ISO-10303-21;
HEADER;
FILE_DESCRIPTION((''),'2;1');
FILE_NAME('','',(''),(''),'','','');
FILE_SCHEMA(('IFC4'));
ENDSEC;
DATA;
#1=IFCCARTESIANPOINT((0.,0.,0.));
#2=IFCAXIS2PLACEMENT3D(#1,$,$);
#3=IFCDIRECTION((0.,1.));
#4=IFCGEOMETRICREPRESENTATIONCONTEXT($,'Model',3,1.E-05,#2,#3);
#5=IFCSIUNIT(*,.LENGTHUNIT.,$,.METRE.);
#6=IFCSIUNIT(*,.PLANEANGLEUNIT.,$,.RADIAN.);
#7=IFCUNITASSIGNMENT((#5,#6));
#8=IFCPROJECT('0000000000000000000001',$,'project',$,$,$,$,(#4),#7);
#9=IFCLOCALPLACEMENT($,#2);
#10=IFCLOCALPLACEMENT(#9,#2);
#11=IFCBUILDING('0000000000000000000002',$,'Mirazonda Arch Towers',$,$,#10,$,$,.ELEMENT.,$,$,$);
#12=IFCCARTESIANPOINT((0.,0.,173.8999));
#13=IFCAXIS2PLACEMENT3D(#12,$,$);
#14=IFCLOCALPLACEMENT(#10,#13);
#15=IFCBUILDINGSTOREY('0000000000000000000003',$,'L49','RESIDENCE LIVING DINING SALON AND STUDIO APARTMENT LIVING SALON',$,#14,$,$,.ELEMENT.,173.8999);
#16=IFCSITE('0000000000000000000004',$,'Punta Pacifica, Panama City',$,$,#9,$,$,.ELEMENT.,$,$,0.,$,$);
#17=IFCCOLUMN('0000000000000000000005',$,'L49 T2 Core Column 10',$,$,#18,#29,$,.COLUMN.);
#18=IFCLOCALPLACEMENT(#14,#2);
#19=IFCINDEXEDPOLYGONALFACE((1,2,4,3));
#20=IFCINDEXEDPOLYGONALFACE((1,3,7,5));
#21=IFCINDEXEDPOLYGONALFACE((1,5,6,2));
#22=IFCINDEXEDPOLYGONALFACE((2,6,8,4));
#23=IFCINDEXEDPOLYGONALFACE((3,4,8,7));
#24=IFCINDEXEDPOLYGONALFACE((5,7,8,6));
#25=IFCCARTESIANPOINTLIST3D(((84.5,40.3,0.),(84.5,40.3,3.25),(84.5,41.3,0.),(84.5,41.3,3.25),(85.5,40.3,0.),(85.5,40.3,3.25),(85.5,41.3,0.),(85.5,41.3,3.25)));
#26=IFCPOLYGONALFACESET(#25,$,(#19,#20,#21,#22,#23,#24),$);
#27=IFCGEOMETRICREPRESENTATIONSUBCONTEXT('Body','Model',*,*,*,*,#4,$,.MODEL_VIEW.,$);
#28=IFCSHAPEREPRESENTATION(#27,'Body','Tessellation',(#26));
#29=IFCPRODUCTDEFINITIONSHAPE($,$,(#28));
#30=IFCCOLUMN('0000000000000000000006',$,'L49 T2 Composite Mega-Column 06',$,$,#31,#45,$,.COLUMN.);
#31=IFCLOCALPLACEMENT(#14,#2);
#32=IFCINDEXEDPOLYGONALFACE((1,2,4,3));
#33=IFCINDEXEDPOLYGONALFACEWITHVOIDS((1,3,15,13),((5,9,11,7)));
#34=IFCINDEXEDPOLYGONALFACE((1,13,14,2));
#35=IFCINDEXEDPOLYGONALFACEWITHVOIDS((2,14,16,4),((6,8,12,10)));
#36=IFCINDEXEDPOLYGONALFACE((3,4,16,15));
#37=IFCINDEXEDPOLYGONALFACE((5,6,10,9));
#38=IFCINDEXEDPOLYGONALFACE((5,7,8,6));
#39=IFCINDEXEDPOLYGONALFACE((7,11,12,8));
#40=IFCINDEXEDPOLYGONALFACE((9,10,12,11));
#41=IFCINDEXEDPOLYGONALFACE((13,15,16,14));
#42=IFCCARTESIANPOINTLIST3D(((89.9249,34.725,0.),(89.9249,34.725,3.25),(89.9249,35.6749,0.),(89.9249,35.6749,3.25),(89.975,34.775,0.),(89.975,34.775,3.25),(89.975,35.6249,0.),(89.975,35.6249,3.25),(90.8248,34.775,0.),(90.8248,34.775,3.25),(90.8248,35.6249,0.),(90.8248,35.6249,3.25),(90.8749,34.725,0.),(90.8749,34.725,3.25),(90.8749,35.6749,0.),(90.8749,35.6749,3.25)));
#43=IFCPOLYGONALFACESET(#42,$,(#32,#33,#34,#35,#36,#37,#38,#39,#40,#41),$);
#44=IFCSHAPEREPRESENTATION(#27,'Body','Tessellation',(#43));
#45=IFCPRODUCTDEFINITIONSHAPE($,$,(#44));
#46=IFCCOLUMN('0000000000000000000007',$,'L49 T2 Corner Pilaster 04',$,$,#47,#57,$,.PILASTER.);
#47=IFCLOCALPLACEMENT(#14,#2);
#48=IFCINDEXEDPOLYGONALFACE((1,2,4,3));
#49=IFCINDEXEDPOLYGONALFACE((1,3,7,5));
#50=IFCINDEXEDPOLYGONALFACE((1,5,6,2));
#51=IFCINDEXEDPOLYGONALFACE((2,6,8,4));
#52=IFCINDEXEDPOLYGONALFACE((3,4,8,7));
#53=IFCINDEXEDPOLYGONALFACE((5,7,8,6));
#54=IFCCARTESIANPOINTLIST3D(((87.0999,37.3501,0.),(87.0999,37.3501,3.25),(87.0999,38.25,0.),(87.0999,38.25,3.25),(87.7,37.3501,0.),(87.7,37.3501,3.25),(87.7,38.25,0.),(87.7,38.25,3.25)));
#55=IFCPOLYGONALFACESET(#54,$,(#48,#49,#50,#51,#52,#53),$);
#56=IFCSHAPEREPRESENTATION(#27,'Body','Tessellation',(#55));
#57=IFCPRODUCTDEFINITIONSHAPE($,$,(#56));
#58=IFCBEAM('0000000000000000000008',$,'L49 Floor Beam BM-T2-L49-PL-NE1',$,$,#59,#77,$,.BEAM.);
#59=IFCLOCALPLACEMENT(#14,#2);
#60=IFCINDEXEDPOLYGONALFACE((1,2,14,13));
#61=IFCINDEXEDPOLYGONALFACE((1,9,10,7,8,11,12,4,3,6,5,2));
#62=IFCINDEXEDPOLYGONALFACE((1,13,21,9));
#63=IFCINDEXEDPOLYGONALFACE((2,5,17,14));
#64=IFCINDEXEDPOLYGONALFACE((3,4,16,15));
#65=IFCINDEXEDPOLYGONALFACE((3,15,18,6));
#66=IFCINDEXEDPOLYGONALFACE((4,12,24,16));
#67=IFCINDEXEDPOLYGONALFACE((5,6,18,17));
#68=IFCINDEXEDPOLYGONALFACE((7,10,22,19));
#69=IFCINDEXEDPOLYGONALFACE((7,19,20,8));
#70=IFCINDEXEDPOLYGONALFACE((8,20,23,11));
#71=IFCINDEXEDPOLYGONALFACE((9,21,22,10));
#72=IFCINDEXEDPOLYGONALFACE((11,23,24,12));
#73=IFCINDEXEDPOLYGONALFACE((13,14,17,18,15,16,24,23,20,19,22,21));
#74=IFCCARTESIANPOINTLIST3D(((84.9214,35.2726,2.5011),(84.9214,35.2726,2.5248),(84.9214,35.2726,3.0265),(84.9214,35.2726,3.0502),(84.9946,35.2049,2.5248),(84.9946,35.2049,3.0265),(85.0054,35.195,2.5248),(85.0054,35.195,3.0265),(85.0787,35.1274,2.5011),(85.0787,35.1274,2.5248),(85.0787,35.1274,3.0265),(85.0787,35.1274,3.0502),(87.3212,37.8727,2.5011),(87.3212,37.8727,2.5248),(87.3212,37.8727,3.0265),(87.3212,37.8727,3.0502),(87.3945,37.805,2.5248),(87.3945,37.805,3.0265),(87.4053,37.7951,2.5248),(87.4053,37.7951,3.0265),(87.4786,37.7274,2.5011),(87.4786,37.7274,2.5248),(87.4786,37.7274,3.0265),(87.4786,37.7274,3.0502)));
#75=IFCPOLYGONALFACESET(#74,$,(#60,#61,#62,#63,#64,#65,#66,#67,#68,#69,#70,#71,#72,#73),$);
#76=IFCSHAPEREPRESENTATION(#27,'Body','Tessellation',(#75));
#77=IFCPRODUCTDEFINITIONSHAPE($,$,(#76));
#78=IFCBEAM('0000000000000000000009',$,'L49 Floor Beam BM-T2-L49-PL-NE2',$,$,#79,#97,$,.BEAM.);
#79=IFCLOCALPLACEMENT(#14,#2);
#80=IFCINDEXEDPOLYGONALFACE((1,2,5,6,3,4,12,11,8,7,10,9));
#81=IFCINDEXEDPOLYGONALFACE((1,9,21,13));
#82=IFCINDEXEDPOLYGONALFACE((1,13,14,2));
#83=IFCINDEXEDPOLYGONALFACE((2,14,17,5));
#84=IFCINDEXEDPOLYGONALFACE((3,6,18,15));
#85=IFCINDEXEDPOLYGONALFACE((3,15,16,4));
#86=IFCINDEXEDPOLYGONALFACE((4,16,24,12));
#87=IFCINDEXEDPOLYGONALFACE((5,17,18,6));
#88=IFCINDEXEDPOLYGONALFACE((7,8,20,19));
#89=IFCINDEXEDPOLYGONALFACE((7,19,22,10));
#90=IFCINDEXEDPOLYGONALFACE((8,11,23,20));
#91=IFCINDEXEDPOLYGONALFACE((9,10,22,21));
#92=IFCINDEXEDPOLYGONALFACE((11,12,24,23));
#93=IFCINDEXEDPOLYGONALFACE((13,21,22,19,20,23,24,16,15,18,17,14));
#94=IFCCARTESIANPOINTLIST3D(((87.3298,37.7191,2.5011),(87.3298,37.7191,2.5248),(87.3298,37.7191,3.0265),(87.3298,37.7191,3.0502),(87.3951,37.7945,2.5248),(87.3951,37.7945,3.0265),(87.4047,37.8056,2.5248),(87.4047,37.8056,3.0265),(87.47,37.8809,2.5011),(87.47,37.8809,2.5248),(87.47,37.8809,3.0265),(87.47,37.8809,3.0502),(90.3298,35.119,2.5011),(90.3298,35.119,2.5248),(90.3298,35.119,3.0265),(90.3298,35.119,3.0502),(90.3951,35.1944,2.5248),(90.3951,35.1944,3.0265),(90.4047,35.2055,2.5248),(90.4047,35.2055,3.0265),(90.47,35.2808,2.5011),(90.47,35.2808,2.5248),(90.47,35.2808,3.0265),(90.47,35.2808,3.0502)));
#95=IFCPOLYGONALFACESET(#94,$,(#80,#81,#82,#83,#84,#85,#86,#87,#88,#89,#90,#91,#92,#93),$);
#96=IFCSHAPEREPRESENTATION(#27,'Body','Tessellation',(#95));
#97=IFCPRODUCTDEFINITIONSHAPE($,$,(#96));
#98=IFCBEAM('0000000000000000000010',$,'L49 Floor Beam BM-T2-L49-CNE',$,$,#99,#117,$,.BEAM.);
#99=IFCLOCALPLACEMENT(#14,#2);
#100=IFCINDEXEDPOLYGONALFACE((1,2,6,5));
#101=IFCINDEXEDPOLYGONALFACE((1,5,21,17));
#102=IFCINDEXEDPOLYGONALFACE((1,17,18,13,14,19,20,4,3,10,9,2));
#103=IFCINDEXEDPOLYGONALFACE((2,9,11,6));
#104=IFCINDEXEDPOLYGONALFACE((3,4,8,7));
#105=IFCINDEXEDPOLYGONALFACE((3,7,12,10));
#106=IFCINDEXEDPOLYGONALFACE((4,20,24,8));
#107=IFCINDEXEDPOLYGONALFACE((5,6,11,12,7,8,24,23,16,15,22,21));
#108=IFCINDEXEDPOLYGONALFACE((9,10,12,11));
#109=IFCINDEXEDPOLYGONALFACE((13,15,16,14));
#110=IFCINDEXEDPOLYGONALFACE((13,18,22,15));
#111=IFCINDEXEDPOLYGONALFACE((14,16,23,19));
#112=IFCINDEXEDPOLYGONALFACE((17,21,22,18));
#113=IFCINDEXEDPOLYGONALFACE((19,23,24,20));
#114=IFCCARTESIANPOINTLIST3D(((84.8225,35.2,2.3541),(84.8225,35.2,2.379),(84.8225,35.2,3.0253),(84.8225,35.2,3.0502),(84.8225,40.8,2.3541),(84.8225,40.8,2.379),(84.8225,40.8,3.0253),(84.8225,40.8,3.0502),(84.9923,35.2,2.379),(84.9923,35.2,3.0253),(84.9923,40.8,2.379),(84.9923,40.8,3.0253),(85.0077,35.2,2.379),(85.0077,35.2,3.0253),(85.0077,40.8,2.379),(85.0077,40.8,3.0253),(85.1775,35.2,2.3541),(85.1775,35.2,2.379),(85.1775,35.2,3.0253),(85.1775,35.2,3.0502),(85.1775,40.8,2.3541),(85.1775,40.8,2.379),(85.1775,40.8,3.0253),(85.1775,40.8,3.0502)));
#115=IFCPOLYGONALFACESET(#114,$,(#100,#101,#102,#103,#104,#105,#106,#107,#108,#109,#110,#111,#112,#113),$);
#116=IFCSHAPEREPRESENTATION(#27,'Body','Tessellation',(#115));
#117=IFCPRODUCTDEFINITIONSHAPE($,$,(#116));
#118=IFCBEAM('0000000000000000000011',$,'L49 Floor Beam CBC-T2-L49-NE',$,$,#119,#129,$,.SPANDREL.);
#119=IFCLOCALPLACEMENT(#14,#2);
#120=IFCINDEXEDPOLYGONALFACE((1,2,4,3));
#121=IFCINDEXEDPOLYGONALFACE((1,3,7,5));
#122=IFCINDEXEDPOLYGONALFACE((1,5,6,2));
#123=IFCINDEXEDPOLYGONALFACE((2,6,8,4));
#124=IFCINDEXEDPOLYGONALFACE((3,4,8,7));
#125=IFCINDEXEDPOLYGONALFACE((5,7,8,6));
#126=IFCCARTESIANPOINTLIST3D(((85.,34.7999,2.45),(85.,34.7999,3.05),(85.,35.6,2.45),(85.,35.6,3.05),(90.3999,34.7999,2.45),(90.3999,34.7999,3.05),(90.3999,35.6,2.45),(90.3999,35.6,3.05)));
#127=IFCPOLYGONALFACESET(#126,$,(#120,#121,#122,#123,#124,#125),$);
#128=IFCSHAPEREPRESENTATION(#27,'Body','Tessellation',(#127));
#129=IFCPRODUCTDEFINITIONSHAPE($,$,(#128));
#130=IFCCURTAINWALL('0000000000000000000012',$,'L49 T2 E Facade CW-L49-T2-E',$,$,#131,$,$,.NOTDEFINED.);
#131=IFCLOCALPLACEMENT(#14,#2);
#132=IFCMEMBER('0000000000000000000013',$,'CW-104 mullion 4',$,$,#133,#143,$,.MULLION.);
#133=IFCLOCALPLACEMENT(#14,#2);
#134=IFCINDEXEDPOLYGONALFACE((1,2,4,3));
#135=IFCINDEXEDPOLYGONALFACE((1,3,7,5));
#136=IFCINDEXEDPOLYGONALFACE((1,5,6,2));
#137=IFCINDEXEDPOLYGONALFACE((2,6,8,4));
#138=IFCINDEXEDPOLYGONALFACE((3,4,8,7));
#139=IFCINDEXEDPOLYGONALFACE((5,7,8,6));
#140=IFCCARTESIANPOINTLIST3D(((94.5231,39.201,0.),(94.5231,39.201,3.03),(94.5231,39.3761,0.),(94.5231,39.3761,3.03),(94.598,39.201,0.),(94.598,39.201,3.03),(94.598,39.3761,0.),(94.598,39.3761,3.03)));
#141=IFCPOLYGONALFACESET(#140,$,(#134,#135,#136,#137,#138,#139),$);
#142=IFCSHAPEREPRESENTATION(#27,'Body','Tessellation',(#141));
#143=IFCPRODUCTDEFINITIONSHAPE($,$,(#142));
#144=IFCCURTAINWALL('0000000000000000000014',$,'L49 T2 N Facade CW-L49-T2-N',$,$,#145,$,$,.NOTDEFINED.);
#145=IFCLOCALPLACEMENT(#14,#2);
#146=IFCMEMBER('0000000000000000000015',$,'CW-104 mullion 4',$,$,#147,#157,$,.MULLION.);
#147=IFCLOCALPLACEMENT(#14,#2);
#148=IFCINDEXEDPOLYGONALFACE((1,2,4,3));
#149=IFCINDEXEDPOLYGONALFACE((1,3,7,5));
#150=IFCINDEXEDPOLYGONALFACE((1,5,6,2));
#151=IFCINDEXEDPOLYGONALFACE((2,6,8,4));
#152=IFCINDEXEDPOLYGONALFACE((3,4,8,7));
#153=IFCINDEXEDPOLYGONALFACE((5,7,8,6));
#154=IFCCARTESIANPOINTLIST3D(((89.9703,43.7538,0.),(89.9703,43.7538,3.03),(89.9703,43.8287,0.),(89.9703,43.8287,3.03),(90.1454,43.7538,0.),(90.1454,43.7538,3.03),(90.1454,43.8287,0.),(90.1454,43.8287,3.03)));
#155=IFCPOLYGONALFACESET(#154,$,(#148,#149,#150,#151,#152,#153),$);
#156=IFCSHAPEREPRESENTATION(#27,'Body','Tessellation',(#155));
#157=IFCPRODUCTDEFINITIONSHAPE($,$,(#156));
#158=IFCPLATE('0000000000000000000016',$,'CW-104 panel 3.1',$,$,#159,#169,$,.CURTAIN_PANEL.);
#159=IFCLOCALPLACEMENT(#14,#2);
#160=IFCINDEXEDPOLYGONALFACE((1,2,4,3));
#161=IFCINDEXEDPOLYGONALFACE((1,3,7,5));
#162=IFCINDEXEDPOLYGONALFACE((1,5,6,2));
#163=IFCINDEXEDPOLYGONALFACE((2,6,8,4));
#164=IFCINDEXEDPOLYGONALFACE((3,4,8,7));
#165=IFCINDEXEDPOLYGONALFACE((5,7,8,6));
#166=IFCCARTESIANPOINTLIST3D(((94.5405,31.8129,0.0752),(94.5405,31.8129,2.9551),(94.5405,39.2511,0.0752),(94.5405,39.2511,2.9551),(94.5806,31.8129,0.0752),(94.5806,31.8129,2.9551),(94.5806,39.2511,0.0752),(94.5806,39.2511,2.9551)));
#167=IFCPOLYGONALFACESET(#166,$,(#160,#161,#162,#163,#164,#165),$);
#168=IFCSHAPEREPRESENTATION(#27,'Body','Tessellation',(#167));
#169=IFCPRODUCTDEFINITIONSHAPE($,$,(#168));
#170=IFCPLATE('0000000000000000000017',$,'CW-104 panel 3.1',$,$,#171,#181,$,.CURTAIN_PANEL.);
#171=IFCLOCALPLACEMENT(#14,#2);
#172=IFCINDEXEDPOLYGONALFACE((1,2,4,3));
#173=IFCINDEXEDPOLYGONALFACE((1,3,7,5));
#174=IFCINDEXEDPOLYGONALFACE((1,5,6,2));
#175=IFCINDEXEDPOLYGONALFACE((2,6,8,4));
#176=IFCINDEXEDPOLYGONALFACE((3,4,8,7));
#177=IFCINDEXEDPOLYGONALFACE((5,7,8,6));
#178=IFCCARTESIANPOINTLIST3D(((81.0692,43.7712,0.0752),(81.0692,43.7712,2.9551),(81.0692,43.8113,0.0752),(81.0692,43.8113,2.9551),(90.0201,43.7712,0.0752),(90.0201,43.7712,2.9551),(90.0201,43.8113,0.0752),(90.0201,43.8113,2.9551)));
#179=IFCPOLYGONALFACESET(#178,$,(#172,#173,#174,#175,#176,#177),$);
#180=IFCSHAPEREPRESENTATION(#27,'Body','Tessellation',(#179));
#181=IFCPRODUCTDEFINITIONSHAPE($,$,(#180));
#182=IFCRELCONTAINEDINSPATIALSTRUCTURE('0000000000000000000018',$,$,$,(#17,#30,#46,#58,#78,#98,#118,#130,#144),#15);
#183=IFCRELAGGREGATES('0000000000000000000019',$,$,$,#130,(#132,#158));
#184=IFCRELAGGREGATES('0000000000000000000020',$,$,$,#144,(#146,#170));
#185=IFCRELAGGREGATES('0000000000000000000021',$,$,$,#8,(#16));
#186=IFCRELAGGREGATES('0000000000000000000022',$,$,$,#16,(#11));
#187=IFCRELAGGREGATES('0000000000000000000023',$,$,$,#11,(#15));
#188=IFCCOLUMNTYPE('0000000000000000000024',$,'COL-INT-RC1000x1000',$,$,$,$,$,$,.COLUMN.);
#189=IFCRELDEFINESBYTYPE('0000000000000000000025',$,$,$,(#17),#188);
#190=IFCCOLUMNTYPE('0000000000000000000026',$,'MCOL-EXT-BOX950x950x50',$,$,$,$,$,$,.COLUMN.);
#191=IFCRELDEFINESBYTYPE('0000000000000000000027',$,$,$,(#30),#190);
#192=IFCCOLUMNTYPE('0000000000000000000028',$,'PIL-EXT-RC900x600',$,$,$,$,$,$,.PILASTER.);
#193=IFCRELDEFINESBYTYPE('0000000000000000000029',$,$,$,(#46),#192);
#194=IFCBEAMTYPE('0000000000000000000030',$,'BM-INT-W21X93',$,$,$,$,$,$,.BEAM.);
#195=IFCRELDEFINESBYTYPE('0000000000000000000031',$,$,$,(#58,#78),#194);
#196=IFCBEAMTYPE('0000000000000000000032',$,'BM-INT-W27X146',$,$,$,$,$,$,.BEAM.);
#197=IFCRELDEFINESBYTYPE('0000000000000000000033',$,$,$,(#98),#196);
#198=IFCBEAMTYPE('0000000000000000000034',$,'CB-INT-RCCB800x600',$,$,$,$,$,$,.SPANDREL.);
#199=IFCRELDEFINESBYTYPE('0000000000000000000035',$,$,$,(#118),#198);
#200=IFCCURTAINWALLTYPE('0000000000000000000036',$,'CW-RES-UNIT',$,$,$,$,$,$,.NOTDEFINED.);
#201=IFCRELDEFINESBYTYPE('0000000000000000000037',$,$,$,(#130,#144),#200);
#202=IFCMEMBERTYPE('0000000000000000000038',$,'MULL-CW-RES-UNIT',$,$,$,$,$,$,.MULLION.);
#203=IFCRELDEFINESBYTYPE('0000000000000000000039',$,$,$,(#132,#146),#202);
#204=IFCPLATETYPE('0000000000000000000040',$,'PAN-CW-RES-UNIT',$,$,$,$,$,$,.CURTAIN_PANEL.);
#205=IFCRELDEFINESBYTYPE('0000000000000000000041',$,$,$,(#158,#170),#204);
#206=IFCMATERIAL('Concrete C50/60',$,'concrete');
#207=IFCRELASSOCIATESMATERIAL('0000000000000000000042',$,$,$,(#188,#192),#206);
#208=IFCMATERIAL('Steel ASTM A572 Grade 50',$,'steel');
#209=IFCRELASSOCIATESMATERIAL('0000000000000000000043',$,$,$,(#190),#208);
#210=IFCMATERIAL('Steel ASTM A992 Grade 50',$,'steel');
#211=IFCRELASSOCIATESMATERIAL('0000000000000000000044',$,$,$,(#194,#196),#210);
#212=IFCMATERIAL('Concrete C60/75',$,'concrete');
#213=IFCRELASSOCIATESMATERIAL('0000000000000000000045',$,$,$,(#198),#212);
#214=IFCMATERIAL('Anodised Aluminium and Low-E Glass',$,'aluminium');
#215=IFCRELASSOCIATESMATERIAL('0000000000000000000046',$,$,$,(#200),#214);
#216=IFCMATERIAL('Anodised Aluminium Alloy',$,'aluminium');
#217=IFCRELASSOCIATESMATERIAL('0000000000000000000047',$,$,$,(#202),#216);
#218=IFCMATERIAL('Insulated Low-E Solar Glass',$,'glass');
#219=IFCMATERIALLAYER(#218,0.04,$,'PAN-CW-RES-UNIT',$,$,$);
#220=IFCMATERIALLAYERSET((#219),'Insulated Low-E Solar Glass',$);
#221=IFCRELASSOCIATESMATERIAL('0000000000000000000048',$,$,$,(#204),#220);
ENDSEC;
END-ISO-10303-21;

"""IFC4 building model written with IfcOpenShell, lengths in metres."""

from ifc_helpers import new_model, si_unit, direction, frame, origin, origin_2d, place, context, subcontext, project, spatial, rectangle, hollow_rectangle, i_section, extrude, material, layer, layer_set, material_profile, profile_set, type_object, element, aggregate, save


model = new_model("IFC4")

# Units and contexts
model_context = context("Model", 3, precision=1e-05, world=origin(), true_north=direction((0.0, 1.0)))
body_context = subcontext(model_context, "Body", "Model", "MODEL_VIEW")
ifc_project = project(units=[si_unit("LENGTHUNIT", "METRE"), si_unit("PLANEANGLEUNIT", "RADIAN")], contexts=[model_context])

# Site, building, storey
site_placement = place(None, origin())
site = spatial("IfcSite", under=ifc_project, at=site_placement, Name="Punta Pacifica, Panama City", CompositionType="ELEMENT", RefElevation=0.0)
building_placement = place(site_placement, origin())
building = spatial("IfcBuilding", under=site, at=building_placement, Name="Mirazonda Arch Towers", CompositionType="ELEMENT")
storey_placement = place(building_placement, frame((0.0, 0.0, 173.8999)))
storey = spatial("IfcBuildingStorey", under=building, at=storey_placement, Name="L49", Description="RESIDENCE LIVING DINING SALON AND STUDIO APARTMENT LIVING SALON", CompositionType="ELEMENT", Elevation=173.8999)

# Columns
ifc_material_1 = material(Name="Concrete C50/60", Category="concrete")
ifc_material_profile_1 = material_profile(ifc_material_1, rectangle(XDim=1.0, YDim=1.0, at=origin_2d()), Name="RC1000x1000")
ifc_profile_set_1 = profile_set([ifc_material_profile_1], Name="Concrete C50/60")
column_type_1 = type_object("IfcColumnType", Name="COL-INT-RC1000x1000", PredefinedType="COLUMN", material=ifc_profile_set_1)
column_1_placement = place(storey_placement, frame((85.0, 40.8, 0.0), z_axis=(0.0, 0.0, 1.0), x_axis=(1.0, 0.0, 0.0)))
element("IfcColumn", 1, at=column_1_placement, inside=storey, type_object=column_type_1, Name="L49 T2 Core Column 10", PredefinedType="COLUMN", context=body_context, shape_type="SweptSolid", body=[
    extrude(rectangle(XDim=1.0, YDim=1.0, at=origin_2d()), origin(), (0.0, 0.0, 1.0), 3.25),
])
ifc_material_2 = material(Name="Steel ASTM A572 Grade 50", Category="steel")
ifc_material_profile_2 = material_profile(ifc_material_2, hollow_rectangle(XDim=0.95, YDim=0.95, WallThickness=0.05, at=origin_2d()), Name="BOX950x950x50")
ifc_profile_set_2 = profile_set([ifc_material_profile_2], Name="Steel ASTM A572 Grade 50")
column_type_2 = type_object("IfcColumnType", Name="MCOL-EXT-BOX950x950x50", PredefinedType="COLUMN", material=ifc_profile_set_2)
column_2_placement = place(storey_placement, frame((90.3999, 35.2, 0.0), z_axis=(0.0, 0.0, 1.0), x_axis=(1.0, 0.0, 0.0)))
element("IfcColumn", 2, at=column_2_placement, inside=storey, type_object=column_type_2, Name="L49 T2 Composite Mega-Column 06", PredefinedType="COLUMN", context=body_context, shape_type="SweptSolid", body=[
    extrude(hollow_rectangle(XDim=0.95, YDim=0.95, WallThickness=0.05, at=origin_2d()), origin(), (0.0, 0.0, 1.0), 3.25),
])
ifc_material_profile_3 = material_profile(ifc_material_1, rectangle(XDim=0.6001, YDim=0.8999, at=origin_2d()), Name="RC900x600")
ifc_profile_set_3 = profile_set([ifc_material_profile_3], Name="Concrete C50/60")
column_type_3 = type_object("IfcColumnType", Name="PIL-EXT-RC900x600", PredefinedType="PILASTER", material=ifc_profile_set_3)
column_3_placement = place(storey_placement, frame((87.3999, 37.8, 0.0), z_axis=(0.0, 0.0, 1.0), x_axis=(1.0, 0.0, 0.0)))
element("IfcColumn", 3, at=column_3_placement, inside=storey, type_object=column_type_3, Name="L49 T2 Corner Pilaster 04", PredefinedType="PILASTER", context=body_context, shape_type="SweptSolid", body=[
    extrude(rectangle(XDim=0.6001, YDim=0.8999, at=origin_2d()), origin(), (0.0, 0.0, 1.0), 3.25),
])

# Beams
ifc_material_3 = material(Name="Steel ASTM A992 Grade 50", Category="steel")
ifc_material_profile_4 = material_profile(ifc_material_3, i_section(OverallWidth=0.2141, OverallDepth=0.5491, WebThickness=0.0146, FlangeThickness=0.0237, at=origin_2d()), Name="W21X93")
ifc_profile_set_4 = profile_set([ifc_material_profile_4], Name="Steel ASTM A992 Grade 50")
beam_type_1 = type_object("IfcBeamType", Name="BM-INT-W21X93", PredefinedType="BEAM", material=ifc_profile_set_4)
beam_1_placement = place(storey_placement, frame((87.3999, 37.8, 2.7756), z_axis=(-0.678251, -0.73483, 0.0), x_axis=(0.73483, -0.678251, 0.0)))
element("IfcBeam", 4, at=beam_1_placement, inside=storey, type_object=beam_type_1, Name="L49 Floor Beam BM-T2-L49-PL-NE1", PredefinedType="BEAM", context=body_context, shape_type="SweptSolid", body=[
    extrude(i_section(OverallWidth=0.2141, OverallDepth=0.5491, WebThickness=0.0146, FlangeThickness=0.0237, at=origin_2d()), origin(), (0.0, 0.0, 1.0), 3.5383),
])
beam_2_placement = place(storey_placement, frame((87.3999, 37.8, 2.7756), z_axis=(0.755677, -0.654945, 0.0), x_axis=(0.654945, 0.755677, 0.0)))
element("IfcBeam", 5, at=beam_2_placement, inside=storey, type_object=beam_type_1, Name="L49 Floor Beam BM-T2-L49-PL-NE2", PredefinedType="BEAM", context=body_context, shape_type="SweptSolid", body=[
    extrude(i_section(OverallWidth=0.2141, OverallDepth=0.5491, WebThickness=0.0146, FlangeThickness=0.0237, at=origin_2d()), origin(), (0.0, 0.0, 1.0), 3.97),
])
ifc_material_profile_5 = material_profile(ifc_material_3, i_section(OverallWidth=0.355, OverallDepth=0.696, WebThickness=0.0154, FlangeThickness=0.0249, at=origin_2d()), Name="W27X146")
ifc_profile_set_5 = profile_set([ifc_material_profile_5], Name="Steel ASTM A992 Grade 50")
beam_type_2 = type_object("IfcBeamType", Name="BM-INT-W27X146", PredefinedType="BEAM", material=ifc_profile_set_5)
beam_3_placement = place(storey_placement, frame((85.0, 35.2, 2.7021), z_axis=(0.0, 1.0, 0.0), x_axis=(-1.0, 0.0, 0.0)))
element("IfcBeam", 6, at=beam_3_placement, inside=storey, type_object=beam_type_2, Name="L49 Floor Beam BM-T2-L49-CNE", PredefinedType="BEAM", context=body_context, shape_type="SweptSolid", body=[
    extrude(i_section(OverallWidth=0.355, OverallDepth=0.696, WebThickness=0.0154, FlangeThickness=0.0249, at=origin_2d()), origin(), (0.0, 0.0, 1.0), 5.6001),
])
ifc_material_4 = material(Name="Concrete C60/75", Category="concrete")
ifc_material_profile_6 = material_profile(ifc_material_4, rectangle(XDim=0.8, YDim=0.6001, at=origin_2d()), Name="RCCB800x600")
ifc_profile_set_6 = profile_set([ifc_material_profile_6], Name="Concrete C60/75")
beam_type_3 = type_object("IfcBeamType", Name="CB-INT-RCCB800x600", PredefinedType="SPANDREL", material=ifc_profile_set_6)
beam_4_placement = place(storey_placement, frame((85.0, 35.2, 2.75), z_axis=(1.0, 0.0, 0.0), x_axis=(0.0, 1.0, 0.0)))
element("IfcBeam", 7, at=beam_4_placement, inside=storey, type_object=beam_type_3, Name="L49 Floor Beam CBC-T2-L49-NE", PredefinedType="SPANDREL", context=body_context, shape_type="SweptSolid", body=[
    extrude(rectangle(XDim=0.8, YDim=0.6001, at=origin_2d()), origin(), (0.0, 0.0, 1.0), 5.3999),
])

# Curtain walls, members
ifc_material_5 = material(Name="Anodised Aluminium and Low-E Glass", Category="aluminium")
curtain_wall_type = type_object("IfcCurtainWallType", Name="CW-RES-UNIT", PredefinedType="NOTDEFINED", material=ifc_material_5)
curtain_wall_1_placement = place(storey_placement, origin())
curtain_wall_1 = element("IfcCurtainWall", 8, at=curtain_wall_1_placement, inside=storey, type_object=curtain_wall_type, Name="L49 T2 E Facade CW-L49-T2-E", PredefinedType="NOTDEFINED")
ifc_material_6 = material(Name="Anodised Aluminium Alloy", Category="aluminium")
ifc_material_profile_7 = material_profile(ifc_material_6, rectangle(XDim=0.075, YDim=0.175, at=origin_2d()), Name="ALU-MULL-75x175")
ifc_profile_set_7 = profile_set([ifc_material_profile_7], Name="Anodised Aluminium Alloy")
member_type = type_object("IfcMemberType", Name="MULL-CW-RES-UNIT", PredefinedType="MULLION", material=ifc_profile_set_7)
member_1_placement = place(storey_placement, frame((94.5605, 39.2886, 0.0), z_axis=(0.0, 0.0, 1.0), x_axis=(-1.0, 0.0, 0.0)))
member_1 = element("IfcMember", 9, at=member_1_placement, type_object=member_type, Name="CW-104 mullion 4", PredefinedType="MULLION", context=body_context, shape_type="SweptSolid", body=[
    extrude(rectangle(XDim=0.075, YDim=0.175, at=origin_2d()), origin(), (0.0, 0.0, 1.0), 3.03),
])
curtain_wall_2_placement = place(storey_placement, origin())
curtain_wall_2 = element("IfcCurtainWall", 10, at=curtain_wall_2_placement, inside=storey, type_object=curtain_wall_type, Name="L49 T2 N Facade CW-L49-T2-N", PredefinedType="NOTDEFINED")
member_2_placement = place(storey_placement, frame((90.0579, 43.7913, 0.0), z_axis=(0.0, 0.0, 1.0), x_axis=(0.0, 1.0, 0.0)))
member_2 = element("IfcMember", 11, at=member_2_placement, type_object=member_type, Name="CW-104 mullion 4", PredefinedType="MULLION", context=body_context, shape_type="SweptSolid", body=[
    extrude(rectangle(XDim=0.075, YDim=0.175, at=origin_2d()), origin(), (0.0, 0.0, 1.0), 3.03),
])

# Plates
ifc_material_7 = material(Name="Insulated Low-E Solar Glass", Category="glass")
ifc_layer_1 = layer(ifc_material_7, 0.04, Name="PAN-CW-RES-UNIT")
ifc_layer_set_1 = layer_set([ifc_layer_1], Name="Insulated Low-E Solar Glass")
plate_type = type_object("IfcPlateType", Name="PAN-CW-RES-UNIT", PredefinedType="CURTAIN_PANEL", material=ifc_layer_set_1)
plate_1_placement = place(storey_placement, frame((94.5605, 35.532, 0.0752), z_axis=(0.0, 0.0, 1.0), x_axis=(0.0, 1.0, 0.0)))
plate_1 = element("IfcPlate", 12, at=plate_1_placement, type_object=plate_type, Name="CW-104 panel 3.1", PredefinedType="CURTAIN_PANEL", context=body_context, shape_type="SweptSolid", body=[
    extrude(rectangle(XDim=7.4382, YDim=0.04, at=origin_2d()), origin(), (0.0, 0.0, 1.0), 2.8799),
])
aggregate(curtain_wall_1, [member_1, plate_1])
plate_2_placement = place(storey_placement, frame((85.5447, 43.7913, 0.0752), z_axis=(0.0, 0.0, 1.0), x_axis=(1.0, 0.0, 0.0)))
plate_2 = element("IfcPlate", 13, at=plate_2_placement, type_object=plate_type, Name="CW-104 panel 3.1", PredefinedType="CURTAIN_PANEL", context=body_context, shape_type="SweptSolid", body=[
    extrude(rectangle(XDim=8.9509, YDim=0.04, at=origin_2d()), origin(), (0.0, 0.0, 1.0), 2.8799),
])
aggregate(curtain_wall_2, [member_2, plate_2])

save(model, "model.ifc")
